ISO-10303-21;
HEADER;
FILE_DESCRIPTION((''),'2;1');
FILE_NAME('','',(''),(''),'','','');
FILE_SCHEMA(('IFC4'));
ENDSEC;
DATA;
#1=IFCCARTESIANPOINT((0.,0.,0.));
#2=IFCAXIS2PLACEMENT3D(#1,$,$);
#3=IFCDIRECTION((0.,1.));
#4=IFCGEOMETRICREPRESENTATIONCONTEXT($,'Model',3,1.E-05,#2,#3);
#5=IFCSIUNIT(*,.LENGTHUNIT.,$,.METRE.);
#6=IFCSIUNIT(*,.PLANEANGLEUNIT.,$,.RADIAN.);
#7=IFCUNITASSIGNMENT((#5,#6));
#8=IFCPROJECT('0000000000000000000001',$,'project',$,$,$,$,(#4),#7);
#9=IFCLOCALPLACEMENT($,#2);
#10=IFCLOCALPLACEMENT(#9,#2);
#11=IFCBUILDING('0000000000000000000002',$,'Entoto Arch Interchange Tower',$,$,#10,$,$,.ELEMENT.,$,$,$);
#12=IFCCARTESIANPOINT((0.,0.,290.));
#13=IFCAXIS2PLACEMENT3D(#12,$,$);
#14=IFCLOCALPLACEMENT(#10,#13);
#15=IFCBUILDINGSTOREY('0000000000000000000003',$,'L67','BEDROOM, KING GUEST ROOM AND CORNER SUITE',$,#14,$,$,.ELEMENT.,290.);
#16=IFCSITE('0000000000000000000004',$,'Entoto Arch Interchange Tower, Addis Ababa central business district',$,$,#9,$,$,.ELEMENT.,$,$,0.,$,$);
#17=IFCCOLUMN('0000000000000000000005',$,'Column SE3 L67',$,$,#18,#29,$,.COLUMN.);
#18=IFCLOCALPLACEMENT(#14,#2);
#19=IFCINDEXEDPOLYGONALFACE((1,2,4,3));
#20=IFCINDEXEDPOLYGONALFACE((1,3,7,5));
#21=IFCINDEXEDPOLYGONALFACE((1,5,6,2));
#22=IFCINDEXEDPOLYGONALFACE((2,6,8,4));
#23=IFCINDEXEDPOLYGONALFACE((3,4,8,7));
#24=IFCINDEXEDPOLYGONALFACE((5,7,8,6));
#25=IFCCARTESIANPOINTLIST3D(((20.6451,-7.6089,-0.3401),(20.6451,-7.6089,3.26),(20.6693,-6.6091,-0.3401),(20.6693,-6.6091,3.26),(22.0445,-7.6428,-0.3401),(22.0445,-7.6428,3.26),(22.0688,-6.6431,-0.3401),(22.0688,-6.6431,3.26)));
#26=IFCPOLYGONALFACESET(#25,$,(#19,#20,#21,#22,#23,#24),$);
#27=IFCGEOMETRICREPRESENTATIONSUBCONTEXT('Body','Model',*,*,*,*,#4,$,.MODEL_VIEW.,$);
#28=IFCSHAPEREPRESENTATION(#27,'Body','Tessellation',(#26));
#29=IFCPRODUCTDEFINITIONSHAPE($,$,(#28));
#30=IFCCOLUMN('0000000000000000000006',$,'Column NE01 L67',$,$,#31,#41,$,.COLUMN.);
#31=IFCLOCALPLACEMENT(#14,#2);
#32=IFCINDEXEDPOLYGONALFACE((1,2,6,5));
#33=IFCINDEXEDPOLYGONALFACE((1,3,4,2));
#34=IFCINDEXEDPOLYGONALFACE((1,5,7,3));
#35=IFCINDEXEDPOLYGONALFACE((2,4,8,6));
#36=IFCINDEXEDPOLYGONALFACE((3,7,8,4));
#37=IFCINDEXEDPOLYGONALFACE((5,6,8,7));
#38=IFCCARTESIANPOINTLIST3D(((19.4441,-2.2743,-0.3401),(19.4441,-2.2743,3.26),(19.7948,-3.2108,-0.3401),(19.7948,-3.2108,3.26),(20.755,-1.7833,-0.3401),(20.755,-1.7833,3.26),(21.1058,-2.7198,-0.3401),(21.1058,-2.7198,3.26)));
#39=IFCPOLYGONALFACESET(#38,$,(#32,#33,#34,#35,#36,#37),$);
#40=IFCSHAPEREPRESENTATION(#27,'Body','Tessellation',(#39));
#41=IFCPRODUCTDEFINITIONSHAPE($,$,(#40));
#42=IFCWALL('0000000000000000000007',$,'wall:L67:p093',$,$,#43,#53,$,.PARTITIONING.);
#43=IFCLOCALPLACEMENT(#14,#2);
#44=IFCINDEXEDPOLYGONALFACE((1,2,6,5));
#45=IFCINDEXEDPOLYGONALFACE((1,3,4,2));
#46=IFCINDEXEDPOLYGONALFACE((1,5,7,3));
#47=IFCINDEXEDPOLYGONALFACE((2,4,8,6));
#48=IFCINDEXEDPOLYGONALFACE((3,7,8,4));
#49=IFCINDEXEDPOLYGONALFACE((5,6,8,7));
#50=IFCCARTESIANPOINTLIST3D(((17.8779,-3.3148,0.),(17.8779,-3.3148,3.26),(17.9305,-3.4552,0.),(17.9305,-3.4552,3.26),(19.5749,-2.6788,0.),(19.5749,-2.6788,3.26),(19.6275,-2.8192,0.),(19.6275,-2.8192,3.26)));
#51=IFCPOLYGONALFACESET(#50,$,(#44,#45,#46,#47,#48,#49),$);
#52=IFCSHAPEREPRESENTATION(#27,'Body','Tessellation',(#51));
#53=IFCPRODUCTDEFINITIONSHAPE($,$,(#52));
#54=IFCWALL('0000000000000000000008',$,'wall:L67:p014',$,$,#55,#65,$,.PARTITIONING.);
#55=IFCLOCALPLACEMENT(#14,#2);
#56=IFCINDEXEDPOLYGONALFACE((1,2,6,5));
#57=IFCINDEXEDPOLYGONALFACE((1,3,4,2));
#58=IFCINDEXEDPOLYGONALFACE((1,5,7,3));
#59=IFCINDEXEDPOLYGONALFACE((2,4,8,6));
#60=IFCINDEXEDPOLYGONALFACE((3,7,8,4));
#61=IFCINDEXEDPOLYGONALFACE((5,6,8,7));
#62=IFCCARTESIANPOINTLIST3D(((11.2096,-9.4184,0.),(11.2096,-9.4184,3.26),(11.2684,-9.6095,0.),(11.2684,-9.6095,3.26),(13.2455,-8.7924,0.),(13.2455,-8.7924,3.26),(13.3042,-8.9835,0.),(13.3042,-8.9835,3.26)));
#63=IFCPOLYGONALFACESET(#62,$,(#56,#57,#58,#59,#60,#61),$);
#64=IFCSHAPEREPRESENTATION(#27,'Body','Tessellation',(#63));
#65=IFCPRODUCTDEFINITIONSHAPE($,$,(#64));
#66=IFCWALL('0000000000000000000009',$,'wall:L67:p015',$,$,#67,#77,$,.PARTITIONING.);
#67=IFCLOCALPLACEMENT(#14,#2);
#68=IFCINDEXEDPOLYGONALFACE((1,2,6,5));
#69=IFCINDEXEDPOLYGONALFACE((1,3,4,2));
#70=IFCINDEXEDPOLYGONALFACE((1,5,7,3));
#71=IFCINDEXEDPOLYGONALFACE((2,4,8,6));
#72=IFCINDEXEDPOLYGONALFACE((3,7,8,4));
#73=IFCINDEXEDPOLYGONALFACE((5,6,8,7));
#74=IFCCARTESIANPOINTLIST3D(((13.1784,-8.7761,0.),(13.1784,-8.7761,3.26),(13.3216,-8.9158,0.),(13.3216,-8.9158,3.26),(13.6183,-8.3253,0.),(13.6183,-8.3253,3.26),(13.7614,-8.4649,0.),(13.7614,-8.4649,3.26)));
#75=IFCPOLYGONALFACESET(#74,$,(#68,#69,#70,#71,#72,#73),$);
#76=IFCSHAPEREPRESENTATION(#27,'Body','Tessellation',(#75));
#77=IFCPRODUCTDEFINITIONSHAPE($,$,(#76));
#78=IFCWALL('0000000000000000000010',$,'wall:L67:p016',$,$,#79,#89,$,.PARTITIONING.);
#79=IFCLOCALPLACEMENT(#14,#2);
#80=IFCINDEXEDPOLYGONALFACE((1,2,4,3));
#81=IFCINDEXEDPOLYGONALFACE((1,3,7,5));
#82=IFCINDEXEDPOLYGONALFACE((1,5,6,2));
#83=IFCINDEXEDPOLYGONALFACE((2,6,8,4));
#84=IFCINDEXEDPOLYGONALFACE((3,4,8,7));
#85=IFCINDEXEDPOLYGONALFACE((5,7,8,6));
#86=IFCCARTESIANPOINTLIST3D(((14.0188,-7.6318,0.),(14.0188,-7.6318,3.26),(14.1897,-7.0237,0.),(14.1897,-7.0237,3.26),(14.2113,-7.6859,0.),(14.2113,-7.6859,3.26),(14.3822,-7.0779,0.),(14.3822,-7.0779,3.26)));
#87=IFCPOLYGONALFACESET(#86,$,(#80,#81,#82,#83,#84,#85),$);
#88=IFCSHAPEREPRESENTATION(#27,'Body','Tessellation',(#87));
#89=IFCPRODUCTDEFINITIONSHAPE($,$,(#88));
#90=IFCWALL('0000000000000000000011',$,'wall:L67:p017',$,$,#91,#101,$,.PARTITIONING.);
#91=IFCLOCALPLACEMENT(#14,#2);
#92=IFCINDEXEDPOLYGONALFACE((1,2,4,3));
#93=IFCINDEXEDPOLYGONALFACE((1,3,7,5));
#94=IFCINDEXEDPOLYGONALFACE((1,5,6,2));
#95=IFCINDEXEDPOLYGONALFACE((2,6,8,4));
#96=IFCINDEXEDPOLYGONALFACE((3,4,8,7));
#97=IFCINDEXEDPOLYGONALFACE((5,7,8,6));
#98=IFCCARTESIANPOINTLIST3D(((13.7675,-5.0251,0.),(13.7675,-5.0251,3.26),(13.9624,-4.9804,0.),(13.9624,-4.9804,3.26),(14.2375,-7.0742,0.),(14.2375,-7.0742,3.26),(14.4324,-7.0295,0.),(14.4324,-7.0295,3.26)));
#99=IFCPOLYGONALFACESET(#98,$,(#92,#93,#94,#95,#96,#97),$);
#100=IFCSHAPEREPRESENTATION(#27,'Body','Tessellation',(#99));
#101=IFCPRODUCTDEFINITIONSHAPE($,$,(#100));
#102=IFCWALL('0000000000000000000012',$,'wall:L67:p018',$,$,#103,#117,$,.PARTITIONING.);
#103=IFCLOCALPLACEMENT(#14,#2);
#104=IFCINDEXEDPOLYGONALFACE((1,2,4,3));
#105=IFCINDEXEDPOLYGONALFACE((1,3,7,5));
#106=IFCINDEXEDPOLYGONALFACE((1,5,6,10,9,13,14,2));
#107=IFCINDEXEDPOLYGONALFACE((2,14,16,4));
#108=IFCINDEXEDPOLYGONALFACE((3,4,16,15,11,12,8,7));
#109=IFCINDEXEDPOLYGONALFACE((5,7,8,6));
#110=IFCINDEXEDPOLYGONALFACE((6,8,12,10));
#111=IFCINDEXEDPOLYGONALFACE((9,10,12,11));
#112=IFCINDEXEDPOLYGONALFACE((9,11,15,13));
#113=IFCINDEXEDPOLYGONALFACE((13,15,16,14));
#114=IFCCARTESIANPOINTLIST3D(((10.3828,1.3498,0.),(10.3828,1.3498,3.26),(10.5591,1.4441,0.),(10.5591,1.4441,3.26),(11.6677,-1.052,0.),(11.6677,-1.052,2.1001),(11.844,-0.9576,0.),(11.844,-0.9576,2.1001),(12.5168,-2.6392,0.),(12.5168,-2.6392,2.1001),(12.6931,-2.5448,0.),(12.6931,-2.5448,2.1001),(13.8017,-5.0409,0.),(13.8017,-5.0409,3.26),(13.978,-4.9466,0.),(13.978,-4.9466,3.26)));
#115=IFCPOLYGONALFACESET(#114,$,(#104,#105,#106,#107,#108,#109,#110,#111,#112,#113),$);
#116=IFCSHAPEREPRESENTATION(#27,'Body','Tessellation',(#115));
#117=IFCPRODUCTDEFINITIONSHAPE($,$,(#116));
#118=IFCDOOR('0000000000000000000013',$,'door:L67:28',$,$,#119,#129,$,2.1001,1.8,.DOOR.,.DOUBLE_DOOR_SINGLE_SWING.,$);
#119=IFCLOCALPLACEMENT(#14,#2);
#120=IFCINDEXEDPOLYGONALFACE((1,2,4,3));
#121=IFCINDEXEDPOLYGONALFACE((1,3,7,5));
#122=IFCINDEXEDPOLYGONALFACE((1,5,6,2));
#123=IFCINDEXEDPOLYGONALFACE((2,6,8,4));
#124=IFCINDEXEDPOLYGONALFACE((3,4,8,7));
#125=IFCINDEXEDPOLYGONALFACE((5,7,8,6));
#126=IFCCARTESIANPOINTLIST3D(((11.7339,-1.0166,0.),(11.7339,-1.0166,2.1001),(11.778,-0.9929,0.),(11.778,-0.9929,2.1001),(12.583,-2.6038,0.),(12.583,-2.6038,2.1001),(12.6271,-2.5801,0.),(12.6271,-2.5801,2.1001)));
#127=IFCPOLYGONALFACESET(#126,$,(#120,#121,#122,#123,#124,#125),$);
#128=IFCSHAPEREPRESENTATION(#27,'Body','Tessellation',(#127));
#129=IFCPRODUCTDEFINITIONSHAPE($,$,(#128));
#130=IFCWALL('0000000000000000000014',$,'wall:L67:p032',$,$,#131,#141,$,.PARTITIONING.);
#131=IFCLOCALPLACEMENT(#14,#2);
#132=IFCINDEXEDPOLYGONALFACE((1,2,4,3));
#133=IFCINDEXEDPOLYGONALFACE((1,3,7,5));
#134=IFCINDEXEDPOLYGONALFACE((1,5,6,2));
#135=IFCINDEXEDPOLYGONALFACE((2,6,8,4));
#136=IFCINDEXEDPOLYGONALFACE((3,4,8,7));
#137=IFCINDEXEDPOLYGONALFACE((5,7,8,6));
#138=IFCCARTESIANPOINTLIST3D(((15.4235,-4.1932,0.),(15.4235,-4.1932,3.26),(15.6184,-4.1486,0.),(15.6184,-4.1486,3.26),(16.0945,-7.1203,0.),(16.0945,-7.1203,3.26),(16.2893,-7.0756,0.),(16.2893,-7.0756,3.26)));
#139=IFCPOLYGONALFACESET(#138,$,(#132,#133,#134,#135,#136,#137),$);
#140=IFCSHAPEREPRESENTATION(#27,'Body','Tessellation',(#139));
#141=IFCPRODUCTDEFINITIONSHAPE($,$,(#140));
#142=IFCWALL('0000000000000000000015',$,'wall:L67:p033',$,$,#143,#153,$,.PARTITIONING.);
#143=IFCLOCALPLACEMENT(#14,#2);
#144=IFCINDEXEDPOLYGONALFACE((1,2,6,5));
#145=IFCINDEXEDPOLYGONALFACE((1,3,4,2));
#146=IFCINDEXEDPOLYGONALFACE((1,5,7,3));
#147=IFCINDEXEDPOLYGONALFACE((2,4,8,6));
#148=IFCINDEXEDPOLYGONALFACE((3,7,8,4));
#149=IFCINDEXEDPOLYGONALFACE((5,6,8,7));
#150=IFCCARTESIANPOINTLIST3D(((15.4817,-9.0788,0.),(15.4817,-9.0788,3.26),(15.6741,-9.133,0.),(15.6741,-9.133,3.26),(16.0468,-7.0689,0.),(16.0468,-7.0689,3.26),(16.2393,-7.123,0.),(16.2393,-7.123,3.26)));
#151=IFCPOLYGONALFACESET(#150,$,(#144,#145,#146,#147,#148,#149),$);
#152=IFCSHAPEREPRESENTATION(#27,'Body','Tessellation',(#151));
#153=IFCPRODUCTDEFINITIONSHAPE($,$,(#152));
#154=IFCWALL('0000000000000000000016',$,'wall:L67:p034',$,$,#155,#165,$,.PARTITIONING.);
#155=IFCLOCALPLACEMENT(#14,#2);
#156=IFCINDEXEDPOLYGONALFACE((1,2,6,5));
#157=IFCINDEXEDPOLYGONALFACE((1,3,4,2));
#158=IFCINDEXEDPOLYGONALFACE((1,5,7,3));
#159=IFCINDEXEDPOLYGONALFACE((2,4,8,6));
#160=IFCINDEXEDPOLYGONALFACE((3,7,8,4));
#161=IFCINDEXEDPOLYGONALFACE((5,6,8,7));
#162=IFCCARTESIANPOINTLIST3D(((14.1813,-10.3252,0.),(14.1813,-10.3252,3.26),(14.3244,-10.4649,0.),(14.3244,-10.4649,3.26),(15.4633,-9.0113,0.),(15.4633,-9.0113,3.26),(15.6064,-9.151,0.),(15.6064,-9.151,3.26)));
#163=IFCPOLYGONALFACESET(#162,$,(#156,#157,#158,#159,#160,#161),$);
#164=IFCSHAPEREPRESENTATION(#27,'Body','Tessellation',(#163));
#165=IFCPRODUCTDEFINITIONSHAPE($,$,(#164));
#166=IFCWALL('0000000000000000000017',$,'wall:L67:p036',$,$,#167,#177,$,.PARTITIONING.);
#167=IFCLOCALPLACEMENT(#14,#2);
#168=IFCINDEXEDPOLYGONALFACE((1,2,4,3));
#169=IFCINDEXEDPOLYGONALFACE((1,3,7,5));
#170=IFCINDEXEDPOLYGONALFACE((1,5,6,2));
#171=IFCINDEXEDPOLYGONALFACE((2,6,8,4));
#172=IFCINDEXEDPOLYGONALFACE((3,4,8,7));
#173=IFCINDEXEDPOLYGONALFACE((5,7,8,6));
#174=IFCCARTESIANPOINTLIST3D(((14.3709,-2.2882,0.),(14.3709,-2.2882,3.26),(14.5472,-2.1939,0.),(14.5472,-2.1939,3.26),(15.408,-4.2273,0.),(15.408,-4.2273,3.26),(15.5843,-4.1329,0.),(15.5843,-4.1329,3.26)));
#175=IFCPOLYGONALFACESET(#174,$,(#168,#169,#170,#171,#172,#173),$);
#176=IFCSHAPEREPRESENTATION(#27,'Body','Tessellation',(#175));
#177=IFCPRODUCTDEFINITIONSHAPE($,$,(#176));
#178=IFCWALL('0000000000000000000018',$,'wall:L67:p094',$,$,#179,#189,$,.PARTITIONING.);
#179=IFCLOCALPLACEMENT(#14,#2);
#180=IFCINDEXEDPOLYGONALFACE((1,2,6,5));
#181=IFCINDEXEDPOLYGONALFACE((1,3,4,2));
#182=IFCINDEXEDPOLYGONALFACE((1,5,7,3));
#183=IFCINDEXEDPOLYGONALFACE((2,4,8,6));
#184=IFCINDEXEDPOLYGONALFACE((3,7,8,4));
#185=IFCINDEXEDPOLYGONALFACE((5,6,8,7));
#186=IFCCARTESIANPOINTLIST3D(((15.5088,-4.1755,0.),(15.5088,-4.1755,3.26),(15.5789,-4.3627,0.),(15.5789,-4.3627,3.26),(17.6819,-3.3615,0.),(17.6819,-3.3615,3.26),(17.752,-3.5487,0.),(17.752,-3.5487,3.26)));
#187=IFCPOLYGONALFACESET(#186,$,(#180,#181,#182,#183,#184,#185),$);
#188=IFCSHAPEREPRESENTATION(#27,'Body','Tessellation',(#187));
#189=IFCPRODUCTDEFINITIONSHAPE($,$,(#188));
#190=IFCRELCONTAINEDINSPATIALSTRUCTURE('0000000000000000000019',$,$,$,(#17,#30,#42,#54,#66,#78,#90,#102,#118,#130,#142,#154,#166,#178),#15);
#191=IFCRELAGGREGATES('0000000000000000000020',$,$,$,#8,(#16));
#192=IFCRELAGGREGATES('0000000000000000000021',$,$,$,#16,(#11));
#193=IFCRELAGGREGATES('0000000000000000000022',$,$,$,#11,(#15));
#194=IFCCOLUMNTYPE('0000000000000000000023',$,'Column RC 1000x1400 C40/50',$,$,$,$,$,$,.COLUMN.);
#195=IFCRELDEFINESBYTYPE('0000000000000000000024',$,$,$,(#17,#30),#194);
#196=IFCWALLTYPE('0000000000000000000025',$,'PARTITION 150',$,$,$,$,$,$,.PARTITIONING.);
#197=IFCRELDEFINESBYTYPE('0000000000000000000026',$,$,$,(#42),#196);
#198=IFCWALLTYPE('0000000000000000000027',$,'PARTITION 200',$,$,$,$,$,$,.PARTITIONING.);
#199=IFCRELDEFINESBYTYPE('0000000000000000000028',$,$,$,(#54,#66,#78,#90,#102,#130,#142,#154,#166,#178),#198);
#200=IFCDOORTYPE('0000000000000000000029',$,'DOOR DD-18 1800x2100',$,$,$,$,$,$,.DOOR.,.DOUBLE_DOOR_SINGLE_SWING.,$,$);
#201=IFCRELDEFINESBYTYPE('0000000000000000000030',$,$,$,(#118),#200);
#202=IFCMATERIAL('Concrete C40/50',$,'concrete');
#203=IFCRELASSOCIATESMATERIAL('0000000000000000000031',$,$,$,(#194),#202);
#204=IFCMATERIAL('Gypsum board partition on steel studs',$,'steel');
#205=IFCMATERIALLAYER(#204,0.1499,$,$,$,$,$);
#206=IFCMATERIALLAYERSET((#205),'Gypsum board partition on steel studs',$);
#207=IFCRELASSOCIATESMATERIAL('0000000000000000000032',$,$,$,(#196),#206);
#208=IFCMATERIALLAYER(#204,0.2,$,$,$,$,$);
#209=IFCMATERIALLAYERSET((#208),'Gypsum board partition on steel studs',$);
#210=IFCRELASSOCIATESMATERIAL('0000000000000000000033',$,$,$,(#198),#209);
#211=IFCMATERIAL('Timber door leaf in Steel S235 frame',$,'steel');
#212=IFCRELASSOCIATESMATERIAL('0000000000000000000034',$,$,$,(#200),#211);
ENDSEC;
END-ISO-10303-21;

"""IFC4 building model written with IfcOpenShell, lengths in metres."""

from ifc_helpers import new_model, si_unit, direction, frame, frame_2d, origin, origin_2d, place, context, subcontext, project, spatial, rectangle, extrude, material, layer, layer_set, material_profile, profile_set, type_object, element, fill, save


model = new_model("IFC4")

# Units and contexts
model_context = context("Model", 3, precision=1e-05, world=origin(), true_north=direction((0.0, 1.0)))
body_context = subcontext(model_context, "Body", "Model", "MODEL_VIEW")
ifc_project = project(units=[si_unit("LENGTHUNIT", "METRE"), si_unit("PLANEANGLEUNIT", "RADIAN")], contexts=[model_context])

# Site, building, storey
site_placement = place(None, origin())
site = spatial("IfcSite", under=ifc_project, at=site_placement, Name="Entoto Arch Interchange Tower, Addis Ababa central business district", CompositionType="ELEMENT", RefElevation=0.0)
building_placement = place(site_placement, origin())
building = spatial("IfcBuilding", under=site, at=building_placement, Name="Entoto Arch Interchange Tower", CompositionType="ELEMENT")
storey_placement = place(building_placement, frame((0.0, 0.0, 290.0)))
storey = spatial("IfcBuildingStorey", under=building, at=storey_placement, Name="L67", Description="BEDROOM, KING GUEST ROOM AND CORNER SUITE", CompositionType="ELEMENT", Elevation=290.0)

# Columns
ifc_material_1 = material(Name="Concrete C40/50", Category="concrete")
ifc_material_profile = material_profile(ifc_material_1, rectangle(XDim=1.0, YDim=1.3999, at=origin_2d()))
ifc_profile_set = profile_set([ifc_material_profile], Name="Concrete C40/50")
column_type = type_object("IfcColumnType", Name="Column RC 1000x1400 C40/50", PredefinedType="COLUMN", material=ifc_profile_set)
for number, where, z_axis, x_axis, name in (
    (1, (21.3569, -7.126, -0.3401), (0.0, 0.0, 1.0), (0.024258, 0.999706, 0.0), "Column SE3 L67"),
    (2, (20.2749, -2.4971, -0.3401), (0.0, 0.0, 1.0), (-0.350714, 0.936483, 0.0), "Column NE01 L67"),
):
    element("IfcColumn", number, at=place(storey_placement, frame(where, z_axis=z_axis, x_axis=x_axis)), inside=storey, type_object=column_type, Name=name, PredefinedType="COLUMN", context=body_context, shape_type="SweptSolid", body=[
        extrude(rectangle(XDim=1.0, YDim=1.3999, at=origin_2d()), origin(), (0.0, 0.0, 1.0), 3.6001),
    ])

# Walls
ifc_material_2 = material(Name="Gypsum board partition on steel studs", Category="steel")
ifc_layer_1 = layer(ifc_material_2, 0.1499)
ifc_layer_set_1 = layer_set([ifc_layer_1], Name="Gypsum board partition on steel studs")
wall_type_1 = type_object("IfcWallType", Name="PARTITION 150", PredefinedType="PARTITIONING", material=ifc_layer_set_1)
wall_1_placement = place(storey_placement, frame((17.9041, -3.385, 0.0), z_axis=(0.0, 0.0, 1.0), x_axis=(0.936401, 0.350932, 0.0)))
element("IfcWall", 3, at=wall_1_placement, inside=storey, type_object=wall_type_1, Name="wall:L67:p093", PredefinedType="PARTITIONING", context=body_context, shape_type="SweptSolid", body=[
    extrude(rectangle(XDim=1.8123, YDim=0.1499, at=frame_2d((0.9062, 0.0))), origin(), (0.0, 0.0, 1.0), 3.26),
])
ifc_layer_2 = layer(ifc_material_2, 0.2)
ifc_layer_set_2 = layer_set([ifc_layer_2], Name="Gypsum board partition on steel studs")
wall_type_2 = type_object("IfcWallType", Name="PARTITION 200", PredefinedType="PARTITIONING", material=ifc_layer_set_2)
wall_2_placement = place(storey_placement, frame((11.239, -9.5139, 0.0), z_axis=(0.0, 0.0, 1.0), x_axis=(0.955838, 0.293893, 0.0)))
element("IfcWall", 4, at=wall_2_placement, inside=storey, type_object=wall_type_2, Name="wall:L67:p014", PredefinedType="PARTITIONING", context=body_context, shape_type="SweptSolid", body=[
    extrude(rectangle(XDim=2.1299, YDim=0.2, at=frame_2d((1.0649, 0.0))), origin(), (0.0, 0.0, 1.0), 3.26),
])
wall_3_placement = place(storey_placement, frame((13.25, -8.8459, 0.0), z_axis=(0.0, 0.0, 1.0), x_axis=(0.698334, 0.715772, 0.0)))
element("IfcWall", 5, at=wall_3_placement, inside=storey, type_object=wall_type_2, Name="wall:L67:p015", PredefinedType="PARTITIONING", context=body_context, shape_type="SweptSolid", body=[
    extrude(rectangle(XDim=0.6299, YDim=0.2, at=frame_2d((0.3149, 0.0))), origin(), (0.0, 0.0, 1.0), 3.26),
])
wall_4_placement = place(storey_placement, frame((14.115, -7.6589, 0.0), z_axis=(0.0, 0.0, 1.0), x_axis=(0.270634, 0.962682, 0.0)))
element("IfcWall", 6, at=wall_4_placement, inside=storey, type_object=wall_type_2, Name="wall:L67:p016", PredefinedType="PARTITIONING", context=body_context, shape_type="SweptSolid", body=[
    extrude(rectangle(XDim=0.6316, YDim=0.2, at=frame_2d((0.3159, 0.0))), origin(), (0.0, 0.0, 1.0), 3.26),
])
wall_5_placement = place(storey_placement, frame((14.335, -7.052, 0.0), z_axis=(0.0, 0.0, 1.0), x_axis=(-0.223553, 0.974692, 0.0)))
element("IfcWall", 7, at=wall_5_placement, inside=storey, type_object=wall_type_2, Name="wall:L67:p017", PredefinedType="PARTITIONING", context=body_context, shape_type="SweptSolid", body=[
    extrude(rectangle(XDim=2.1023, YDim=0.2, at=frame_2d((1.0513, 0.0))), origin(), (0.0, 0.0, 1.0), 3.26),
])

# Wall, opening, door
wall_6_placement = place(storey_placement, frame((13.8899, -4.9939, 0.0), z_axis=(0.0, 0.0, 1.0), x_axis=(-0.471714, 0.881752, 0.0)))
wall_6 = element("IfcWall", 8, at=wall_6_placement, inside=storey, type_object=wall_type_2, Name="wall:L67:p018", PredefinedType="PARTITIONING", context=body_context, shape_type="SweptSolid", body=[
    extrude(rectangle(XDim=7.2478, YDim=0.2, at=frame_2d((3.624, 0.0))), origin(), (0.0, 0.0, 1.0), 3.26),
])
opening_1_placement = place(wall_6_placement, frame((2.7241, 0.0, 0.0)))
opening_1 = element("IfcOpeningElement", 9, at=opening_1_placement, cuts=wall_6, PredefinedType="OPENING", context=body_context, shape_type="SweptSolid", body=[
    extrude(rectangle(XDim=1.8, YDim=2.1001, at=frame_2d((0.8999, 1.05))), frame((0.0, 0.1099, 0.0), z_axis=(0.0, -1.0, 0.0), x_axis=(1.0, 0.0, 0.0)), (0.0, 0.0, 1.0), 0.22),
])
ifc_material_3 = material(Name="Timber door leaf in Steel S235 frame", Category="steel")
door_type_1 = type_object("IfcDoorType", Name="DOOR DD-18 1800x2100", OperationType="DOUBLE_DOOR_SINGLE_SWING", PredefinedType="DOOR", material=ifc_material_3)
door_1_placement = place(opening_1_placement, origin())
door_1 = element("IfcDoor", 10, at=door_1_placement, inside=storey, type_object=door_type_1, Name="door:L67:28", OperationType="DOUBLE_DOOR_SINGLE_SWING", OverallHeight=2.1001, OverallWidth=1.8, PredefinedType="DOOR", context=body_context, shape_type="SweptSolid", body=[
    extrude(rectangle(XDim=1.8, YDim=2.1001, at=frame_2d((0.8999, 1.05))), frame((0.0, 0.0249, 0.0), z_axis=(0.0, -1.0, 0.0), x_axis=(1.0, 0.0, 0.0)), (0.0, 0.0, 1.0), 0.05),
])
fill(opening_1, door_1)

# Walls
wall_7_placement = place(storey_placement, frame((15.521, -4.1709, 0.0), z_axis=(0.0, 0.0, 1.0), x_axis=(0.223416, -0.974723, 0.0)))
element("IfcWall", 11, at=wall_7_placement, inside=storey, type_object=wall_type_2, Name="wall:L67:p032", PredefinedType="PARTITIONING", context=body_context, shape_type="SweptSolid", body=[
    extrude(rectangle(XDim=3.0029, YDim=0.2, at=frame_2d((1.5015, 0.0))), origin(), (0.0, 0.0, 1.0), 3.26),
])
wall_8_placement = place(storey_placement, frame((16.1431, -7.0959, 0.0), z_axis=(0.0, 0.0, 1.0), x_axis=(-0.270688, -0.962667, 0.0)))
element("IfcWall", 12, at=wall_8_placement, inside=storey, type_object=wall_type_2, Name="wall:L67:p033", PredefinedType="PARTITIONING", context=body_context, shape_type="SweptSolid", body=[
    extrude(rectangle(XDim=2.0879, YDim=0.2, at=frame_2d((1.0439, 0.0))), origin(), (0.0, 0.0, 1.0), 3.26),
])
wall_9_placement = place(storey_placement, frame((15.5349, -9.0811, 0.0), z_axis=(0.0, 0.0, 1.0), x_axis=(-0.698342, -0.715764, 0.0)))
element("IfcWall", 13, at=wall_9_placement, inside=storey, type_object=wall_type_2, Name="wall:L67:p034", PredefinedType="PARTITIONING", context=body_context, shape_type="SweptSolid", body=[
    extrude(rectangle(XDim=1.8357, YDim=0.2, at=frame_2d((0.918, 0.0))), origin(), (0.0, 0.0, 1.0), 3.26),
])
wall_10_placement = place(storey_placement, frame((14.459, -2.241, 0.0), z_axis=(0.0, 0.0, 1.0), x_axis=(0.471648, -0.881787, 0.0)))
element("IfcWall", 14, at=wall_10_placement, inside=storey, type_object=wall_type_2, Name="wall:L67:p036", PredefinedType="PARTITIONING", context=body_context, shape_type="SweptSolid", body=[
    extrude(rectangle(XDim=2.199, YDim=0.2, at=frame_2d((1.0996, 0.0))), origin(), (0.0, 0.0, 1.0), 3.26),
])
wall_11_placement = place(storey_placement, frame((15.5439, -4.269, 0.0), z_axis=(0.0, 0.0, 1.0), x_axis=(0.936463, 0.350766, 0.0)))
element("IfcWall", 15, at=wall_11_placement, inside=storey, type_object=wall_type_2, Name="wall:L67:p094", PredefinedType="PARTITIONING", context=body_context, shape_type="SweptSolid", body=[
    extrude(rectangle(XDim=2.3206, YDim=0.2, at=frame_2d((1.1602, 0.0))), origin(), (0.0, 0.0, 1.0), 3.26),
])

save(model, "model.ifc")
